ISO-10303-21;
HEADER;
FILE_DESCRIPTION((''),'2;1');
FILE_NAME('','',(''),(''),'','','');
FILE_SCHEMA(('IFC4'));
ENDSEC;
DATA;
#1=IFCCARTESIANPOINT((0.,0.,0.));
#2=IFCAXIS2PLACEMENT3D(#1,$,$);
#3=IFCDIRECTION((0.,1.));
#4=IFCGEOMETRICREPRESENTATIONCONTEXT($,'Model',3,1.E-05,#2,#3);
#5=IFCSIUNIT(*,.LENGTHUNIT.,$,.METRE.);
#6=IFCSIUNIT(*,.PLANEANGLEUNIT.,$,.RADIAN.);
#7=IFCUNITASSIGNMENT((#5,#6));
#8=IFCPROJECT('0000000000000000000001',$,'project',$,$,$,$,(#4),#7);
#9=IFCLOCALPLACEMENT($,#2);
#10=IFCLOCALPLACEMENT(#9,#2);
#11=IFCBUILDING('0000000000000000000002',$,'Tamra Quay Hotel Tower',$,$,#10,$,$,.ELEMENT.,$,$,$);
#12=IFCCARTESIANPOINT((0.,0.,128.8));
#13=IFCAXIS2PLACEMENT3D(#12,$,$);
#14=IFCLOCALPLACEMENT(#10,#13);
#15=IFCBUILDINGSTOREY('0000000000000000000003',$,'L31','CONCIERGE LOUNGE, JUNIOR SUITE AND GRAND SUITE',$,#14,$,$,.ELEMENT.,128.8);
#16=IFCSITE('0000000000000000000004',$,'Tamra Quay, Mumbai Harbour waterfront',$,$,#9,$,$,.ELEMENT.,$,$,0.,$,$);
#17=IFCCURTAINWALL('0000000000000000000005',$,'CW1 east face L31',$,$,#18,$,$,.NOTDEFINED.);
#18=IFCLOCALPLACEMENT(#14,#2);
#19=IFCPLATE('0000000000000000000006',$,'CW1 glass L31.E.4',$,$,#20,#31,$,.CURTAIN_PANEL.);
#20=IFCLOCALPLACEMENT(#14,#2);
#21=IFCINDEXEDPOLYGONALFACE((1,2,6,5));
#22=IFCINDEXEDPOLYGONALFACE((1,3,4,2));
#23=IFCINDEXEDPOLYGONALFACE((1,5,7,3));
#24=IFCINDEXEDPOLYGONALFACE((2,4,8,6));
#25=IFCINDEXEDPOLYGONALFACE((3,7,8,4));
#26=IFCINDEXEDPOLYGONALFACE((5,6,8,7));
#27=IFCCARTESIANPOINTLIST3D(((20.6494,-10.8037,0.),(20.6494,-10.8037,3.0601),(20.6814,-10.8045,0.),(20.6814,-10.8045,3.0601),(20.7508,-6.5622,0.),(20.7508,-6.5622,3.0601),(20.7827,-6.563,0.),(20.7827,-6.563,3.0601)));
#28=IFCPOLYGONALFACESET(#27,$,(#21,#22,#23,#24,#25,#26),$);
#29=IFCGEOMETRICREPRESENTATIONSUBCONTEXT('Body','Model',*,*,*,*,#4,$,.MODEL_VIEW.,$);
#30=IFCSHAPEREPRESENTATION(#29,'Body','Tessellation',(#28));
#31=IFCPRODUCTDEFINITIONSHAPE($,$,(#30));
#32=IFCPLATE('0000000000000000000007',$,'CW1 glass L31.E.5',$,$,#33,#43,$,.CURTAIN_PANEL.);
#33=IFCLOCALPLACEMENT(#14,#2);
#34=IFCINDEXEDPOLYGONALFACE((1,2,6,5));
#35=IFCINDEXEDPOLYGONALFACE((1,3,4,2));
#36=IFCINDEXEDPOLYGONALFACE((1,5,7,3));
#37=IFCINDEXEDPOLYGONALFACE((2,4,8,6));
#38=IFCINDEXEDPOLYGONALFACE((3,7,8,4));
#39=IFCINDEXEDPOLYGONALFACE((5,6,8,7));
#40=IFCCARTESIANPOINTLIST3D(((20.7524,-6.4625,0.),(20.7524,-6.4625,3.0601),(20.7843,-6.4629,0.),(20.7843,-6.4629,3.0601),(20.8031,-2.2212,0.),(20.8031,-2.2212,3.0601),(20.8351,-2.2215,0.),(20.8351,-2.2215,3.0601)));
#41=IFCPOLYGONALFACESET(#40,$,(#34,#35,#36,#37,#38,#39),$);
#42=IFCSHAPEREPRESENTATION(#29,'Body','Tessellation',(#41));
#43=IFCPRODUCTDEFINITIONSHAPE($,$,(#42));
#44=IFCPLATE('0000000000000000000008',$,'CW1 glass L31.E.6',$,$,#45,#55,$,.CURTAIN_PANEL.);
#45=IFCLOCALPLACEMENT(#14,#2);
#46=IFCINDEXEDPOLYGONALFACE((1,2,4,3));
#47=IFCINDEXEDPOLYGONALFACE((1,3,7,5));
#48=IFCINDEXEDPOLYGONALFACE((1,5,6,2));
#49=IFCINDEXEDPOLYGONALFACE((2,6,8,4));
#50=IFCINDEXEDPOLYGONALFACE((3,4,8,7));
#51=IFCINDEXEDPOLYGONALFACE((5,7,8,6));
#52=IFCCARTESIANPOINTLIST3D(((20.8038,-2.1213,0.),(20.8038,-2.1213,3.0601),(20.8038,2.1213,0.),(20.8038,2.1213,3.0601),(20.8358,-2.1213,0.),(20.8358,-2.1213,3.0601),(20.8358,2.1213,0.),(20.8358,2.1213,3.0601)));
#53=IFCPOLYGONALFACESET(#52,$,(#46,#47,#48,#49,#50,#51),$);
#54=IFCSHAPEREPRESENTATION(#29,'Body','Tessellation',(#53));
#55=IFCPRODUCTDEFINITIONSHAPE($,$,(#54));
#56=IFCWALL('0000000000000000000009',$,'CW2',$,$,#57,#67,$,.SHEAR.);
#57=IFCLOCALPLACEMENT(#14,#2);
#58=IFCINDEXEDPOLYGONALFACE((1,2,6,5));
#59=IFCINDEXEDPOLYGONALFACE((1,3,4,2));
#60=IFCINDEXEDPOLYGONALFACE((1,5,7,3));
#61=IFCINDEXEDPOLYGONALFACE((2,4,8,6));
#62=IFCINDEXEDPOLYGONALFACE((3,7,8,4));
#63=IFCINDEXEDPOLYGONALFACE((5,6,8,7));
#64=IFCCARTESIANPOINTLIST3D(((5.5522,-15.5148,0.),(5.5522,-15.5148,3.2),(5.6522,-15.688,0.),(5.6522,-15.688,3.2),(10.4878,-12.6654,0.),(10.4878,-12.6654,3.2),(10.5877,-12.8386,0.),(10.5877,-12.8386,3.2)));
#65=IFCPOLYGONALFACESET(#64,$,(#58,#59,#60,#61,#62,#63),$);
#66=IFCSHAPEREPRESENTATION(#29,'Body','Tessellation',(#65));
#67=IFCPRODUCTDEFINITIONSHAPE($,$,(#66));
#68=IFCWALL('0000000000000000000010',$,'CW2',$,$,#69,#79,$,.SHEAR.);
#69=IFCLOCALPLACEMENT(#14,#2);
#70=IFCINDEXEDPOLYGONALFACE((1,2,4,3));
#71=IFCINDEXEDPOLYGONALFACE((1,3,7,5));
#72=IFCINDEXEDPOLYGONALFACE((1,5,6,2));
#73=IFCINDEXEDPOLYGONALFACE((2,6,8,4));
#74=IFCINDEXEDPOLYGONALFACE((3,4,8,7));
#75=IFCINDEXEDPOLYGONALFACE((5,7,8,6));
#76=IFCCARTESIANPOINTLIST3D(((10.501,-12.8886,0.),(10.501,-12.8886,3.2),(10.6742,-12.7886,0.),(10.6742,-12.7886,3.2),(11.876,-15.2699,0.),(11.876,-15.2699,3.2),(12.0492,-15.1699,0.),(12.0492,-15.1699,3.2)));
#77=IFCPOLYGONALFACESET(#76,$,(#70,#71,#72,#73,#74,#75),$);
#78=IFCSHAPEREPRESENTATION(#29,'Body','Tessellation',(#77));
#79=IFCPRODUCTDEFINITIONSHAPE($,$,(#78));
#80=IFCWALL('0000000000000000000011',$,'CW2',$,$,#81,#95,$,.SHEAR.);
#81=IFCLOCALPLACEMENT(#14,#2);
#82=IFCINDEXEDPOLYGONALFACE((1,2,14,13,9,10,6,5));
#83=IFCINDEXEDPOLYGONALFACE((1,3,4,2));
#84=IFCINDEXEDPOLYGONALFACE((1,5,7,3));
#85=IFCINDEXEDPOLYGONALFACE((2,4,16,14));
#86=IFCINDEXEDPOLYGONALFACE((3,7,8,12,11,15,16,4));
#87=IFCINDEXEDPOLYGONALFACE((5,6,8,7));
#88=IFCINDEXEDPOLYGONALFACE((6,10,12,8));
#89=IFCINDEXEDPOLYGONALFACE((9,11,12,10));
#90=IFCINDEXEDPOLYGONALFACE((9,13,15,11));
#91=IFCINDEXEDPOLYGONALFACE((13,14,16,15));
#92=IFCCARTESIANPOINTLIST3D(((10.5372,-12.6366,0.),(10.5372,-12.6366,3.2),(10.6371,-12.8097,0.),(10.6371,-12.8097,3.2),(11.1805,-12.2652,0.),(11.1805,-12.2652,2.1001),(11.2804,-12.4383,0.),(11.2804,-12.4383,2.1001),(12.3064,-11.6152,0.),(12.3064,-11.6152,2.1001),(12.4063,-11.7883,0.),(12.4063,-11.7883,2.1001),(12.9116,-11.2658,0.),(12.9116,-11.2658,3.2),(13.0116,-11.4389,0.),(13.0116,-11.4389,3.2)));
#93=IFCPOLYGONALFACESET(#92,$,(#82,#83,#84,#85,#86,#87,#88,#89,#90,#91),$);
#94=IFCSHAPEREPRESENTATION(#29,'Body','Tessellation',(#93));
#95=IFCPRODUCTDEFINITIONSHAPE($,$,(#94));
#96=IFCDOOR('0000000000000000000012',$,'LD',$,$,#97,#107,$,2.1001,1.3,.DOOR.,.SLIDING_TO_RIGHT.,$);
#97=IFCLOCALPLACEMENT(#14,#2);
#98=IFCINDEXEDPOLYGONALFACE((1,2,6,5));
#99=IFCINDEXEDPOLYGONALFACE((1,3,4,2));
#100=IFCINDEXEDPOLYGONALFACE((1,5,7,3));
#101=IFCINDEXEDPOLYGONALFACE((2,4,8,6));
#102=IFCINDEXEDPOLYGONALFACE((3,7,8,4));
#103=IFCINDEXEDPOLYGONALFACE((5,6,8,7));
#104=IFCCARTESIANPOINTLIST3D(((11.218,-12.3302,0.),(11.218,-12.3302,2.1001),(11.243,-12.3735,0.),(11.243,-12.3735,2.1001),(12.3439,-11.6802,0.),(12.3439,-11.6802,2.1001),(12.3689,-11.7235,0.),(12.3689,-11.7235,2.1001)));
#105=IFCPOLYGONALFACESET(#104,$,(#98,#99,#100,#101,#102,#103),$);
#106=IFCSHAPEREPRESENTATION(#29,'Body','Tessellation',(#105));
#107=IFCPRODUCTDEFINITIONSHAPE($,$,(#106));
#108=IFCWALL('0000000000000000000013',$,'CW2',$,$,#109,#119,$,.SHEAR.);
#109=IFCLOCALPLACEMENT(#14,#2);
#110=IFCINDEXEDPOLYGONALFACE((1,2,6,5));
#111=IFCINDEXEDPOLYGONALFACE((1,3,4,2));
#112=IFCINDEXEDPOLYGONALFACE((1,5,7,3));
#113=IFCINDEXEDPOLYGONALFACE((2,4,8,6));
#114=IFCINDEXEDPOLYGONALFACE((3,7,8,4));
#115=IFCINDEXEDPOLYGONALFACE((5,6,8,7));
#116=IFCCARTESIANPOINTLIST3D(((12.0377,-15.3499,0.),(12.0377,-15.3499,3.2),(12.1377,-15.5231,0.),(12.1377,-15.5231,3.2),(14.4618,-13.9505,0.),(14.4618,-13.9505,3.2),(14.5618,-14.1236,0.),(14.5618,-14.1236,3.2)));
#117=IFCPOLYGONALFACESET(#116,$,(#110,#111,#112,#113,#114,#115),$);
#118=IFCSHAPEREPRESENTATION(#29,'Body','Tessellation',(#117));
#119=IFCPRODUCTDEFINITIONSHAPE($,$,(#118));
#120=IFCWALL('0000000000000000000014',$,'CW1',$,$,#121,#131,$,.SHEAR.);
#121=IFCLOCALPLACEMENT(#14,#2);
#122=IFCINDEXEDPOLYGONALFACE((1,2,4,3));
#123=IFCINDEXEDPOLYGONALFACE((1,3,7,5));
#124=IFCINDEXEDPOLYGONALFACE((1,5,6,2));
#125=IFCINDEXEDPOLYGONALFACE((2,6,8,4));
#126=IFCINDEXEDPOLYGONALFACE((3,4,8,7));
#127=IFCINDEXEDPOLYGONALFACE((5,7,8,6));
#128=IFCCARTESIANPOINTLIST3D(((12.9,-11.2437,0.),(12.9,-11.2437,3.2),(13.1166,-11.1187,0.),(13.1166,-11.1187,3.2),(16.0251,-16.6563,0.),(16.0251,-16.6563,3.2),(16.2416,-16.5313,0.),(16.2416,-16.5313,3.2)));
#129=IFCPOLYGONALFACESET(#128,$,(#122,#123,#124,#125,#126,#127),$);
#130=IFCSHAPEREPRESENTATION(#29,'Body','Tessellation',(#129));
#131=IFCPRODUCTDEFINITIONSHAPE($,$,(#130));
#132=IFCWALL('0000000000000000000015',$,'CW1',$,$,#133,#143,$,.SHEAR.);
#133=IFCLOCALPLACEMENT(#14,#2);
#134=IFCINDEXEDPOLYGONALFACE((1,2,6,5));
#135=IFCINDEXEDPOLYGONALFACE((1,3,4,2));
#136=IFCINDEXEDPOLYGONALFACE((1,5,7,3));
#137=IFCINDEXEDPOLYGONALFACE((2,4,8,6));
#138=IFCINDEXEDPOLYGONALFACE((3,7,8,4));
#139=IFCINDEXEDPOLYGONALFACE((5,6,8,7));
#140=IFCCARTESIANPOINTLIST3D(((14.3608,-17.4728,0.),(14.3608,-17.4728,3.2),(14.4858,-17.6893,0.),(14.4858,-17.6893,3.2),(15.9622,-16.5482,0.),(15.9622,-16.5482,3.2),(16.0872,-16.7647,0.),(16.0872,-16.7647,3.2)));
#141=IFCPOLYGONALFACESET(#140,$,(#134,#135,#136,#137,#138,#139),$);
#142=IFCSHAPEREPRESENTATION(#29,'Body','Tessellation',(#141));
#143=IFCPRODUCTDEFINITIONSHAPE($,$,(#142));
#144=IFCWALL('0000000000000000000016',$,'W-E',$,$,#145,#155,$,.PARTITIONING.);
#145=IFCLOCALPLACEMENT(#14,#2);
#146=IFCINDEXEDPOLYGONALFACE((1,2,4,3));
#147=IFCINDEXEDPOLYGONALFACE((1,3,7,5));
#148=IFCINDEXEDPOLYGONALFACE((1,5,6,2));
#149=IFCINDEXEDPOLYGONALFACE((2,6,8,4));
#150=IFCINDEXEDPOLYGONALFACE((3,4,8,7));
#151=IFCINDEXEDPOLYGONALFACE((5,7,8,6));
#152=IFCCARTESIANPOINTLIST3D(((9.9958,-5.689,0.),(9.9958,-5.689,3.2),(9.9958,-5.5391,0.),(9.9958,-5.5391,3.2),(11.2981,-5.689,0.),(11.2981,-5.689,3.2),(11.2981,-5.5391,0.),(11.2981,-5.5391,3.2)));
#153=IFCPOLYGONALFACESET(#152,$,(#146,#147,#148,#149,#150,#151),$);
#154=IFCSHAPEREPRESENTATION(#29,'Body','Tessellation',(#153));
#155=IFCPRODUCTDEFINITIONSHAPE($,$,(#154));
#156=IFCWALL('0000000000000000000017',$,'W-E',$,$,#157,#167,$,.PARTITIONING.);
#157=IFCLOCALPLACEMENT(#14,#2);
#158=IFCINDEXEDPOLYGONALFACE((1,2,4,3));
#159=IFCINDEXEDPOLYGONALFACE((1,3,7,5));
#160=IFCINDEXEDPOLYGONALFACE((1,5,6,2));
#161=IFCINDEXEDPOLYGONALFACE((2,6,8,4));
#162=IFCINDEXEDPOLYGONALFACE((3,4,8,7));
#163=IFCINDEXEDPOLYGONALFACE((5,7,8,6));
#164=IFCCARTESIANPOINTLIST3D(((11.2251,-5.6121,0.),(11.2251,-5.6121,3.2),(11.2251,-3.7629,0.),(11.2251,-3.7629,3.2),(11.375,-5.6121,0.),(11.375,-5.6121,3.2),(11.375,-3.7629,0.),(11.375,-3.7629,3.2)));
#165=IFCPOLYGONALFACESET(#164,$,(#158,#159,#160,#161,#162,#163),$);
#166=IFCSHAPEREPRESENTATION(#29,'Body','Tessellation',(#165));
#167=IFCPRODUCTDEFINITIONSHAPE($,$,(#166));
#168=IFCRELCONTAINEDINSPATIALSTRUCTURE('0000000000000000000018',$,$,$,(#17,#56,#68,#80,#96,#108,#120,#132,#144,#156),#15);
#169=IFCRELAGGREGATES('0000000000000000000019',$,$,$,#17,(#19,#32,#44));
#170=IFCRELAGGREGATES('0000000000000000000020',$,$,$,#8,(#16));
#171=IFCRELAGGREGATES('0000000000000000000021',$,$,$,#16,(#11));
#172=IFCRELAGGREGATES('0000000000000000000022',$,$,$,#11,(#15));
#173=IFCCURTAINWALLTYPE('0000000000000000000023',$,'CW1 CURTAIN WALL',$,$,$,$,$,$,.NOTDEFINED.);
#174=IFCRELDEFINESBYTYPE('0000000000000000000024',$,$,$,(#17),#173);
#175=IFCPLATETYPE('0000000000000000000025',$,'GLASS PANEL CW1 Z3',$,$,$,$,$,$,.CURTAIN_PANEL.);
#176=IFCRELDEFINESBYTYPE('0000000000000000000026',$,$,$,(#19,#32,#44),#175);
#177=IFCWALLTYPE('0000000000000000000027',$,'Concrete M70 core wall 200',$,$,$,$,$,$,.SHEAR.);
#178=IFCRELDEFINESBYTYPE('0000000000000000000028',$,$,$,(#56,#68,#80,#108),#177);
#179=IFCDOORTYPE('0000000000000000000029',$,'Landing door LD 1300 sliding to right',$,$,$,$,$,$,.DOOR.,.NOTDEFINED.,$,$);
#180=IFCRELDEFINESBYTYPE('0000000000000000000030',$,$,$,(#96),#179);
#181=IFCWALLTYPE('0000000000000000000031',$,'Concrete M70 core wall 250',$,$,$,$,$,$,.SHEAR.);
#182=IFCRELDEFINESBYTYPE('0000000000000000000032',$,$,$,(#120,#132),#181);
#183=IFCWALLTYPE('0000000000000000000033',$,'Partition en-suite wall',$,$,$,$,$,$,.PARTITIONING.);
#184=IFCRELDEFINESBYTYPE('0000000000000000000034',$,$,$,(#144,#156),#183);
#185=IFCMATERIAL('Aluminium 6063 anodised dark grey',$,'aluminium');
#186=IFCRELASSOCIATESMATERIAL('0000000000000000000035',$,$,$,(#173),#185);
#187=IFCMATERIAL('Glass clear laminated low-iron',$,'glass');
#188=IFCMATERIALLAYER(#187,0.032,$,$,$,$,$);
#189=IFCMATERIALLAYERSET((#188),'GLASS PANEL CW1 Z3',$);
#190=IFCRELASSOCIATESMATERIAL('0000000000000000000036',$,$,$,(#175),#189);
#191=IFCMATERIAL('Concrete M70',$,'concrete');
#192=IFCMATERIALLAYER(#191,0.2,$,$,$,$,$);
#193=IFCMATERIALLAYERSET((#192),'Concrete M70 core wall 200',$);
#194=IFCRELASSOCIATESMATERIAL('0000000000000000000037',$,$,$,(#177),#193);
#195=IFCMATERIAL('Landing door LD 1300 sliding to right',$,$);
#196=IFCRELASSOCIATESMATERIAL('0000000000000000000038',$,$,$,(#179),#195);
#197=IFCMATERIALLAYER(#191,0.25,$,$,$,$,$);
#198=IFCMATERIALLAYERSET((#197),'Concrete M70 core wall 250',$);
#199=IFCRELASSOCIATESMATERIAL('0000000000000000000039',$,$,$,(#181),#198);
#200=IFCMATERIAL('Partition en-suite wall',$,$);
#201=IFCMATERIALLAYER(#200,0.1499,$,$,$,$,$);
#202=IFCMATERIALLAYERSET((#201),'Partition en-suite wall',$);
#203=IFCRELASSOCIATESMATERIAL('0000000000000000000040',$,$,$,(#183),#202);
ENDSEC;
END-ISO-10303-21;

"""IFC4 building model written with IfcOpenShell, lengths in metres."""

from ifc_helpers import new_model, si_unit, direction, frame, frame_2d, origin, origin_2d, place, context, subcontext, project, spatial, rectangle, extrude, material, layer, layer_set, type_object, element, fill, aggregate, save


model = new_model("IFC4")

# Units and contexts
model_context = context("Model", 3, precision=1e-05, world=origin(), true_north=direction((0.0, 1.0)))
body_context = subcontext(model_context, "Body", "Model", "MODEL_VIEW")
ifc_project = project(units=[si_unit("LENGTHUNIT", "METRE"), si_unit("PLANEANGLEUNIT", "RADIAN")], contexts=[model_context])

# Site, building, storey
site_placement = place(None, origin())
site = spatial("IfcSite", under=ifc_project, at=site_placement, Name="Tamra Quay, Mumbai Harbour waterfront", CompositionType="ELEMENT", RefElevation=0.0)
building_placement = place(site_placement, origin())
building = spatial("IfcBuilding", under=site, at=building_placement, Name="Tamra Quay Hotel Tower", CompositionType="ELEMENT")
storey_placement = place(building_placement, frame((0.0, 0.0, 128.8)))
storey = spatial("IfcBuildingStorey", under=building, at=storey_placement, Name="L31", Description="CONCIERGE LOUNGE, JUNIOR SUITE AND GRAND SUITE", CompositionType="ELEMENT", Elevation=128.8)

# Shared definitions
ifc_material_1 = material(Name="Concrete M70", Category="concrete")

# Curtain wall
ifc_material_2 = material(Name="Aluminium 6063 anodised dark grey", Category="aluminium")
curtain_wall_type = type_object("IfcCurtainWallType", Name="CW1 CURTAIN WALL", PredefinedType="NOTDEFINED", material=ifc_material_2)
curtain_wall_placement = place(storey_placement, origin())
curtain_wall = element("IfcCurtainWall", 1, at=curtain_wall_placement, inside=storey, type_object=curtain_wall_type, Name="CW1 east face L31", PredefinedType="NOTDEFINED")

# Plates
ifc_material_3 = material(Name="Glass clear laminated low-iron", Category="glass")
ifc_layer_1 = layer(ifc_material_3, 0.032)
ifc_layer_set_1 = layer_set([ifc_layer_1], Name="GLASS PANEL CW1 Z3")
plate_type = type_object("IfcPlateType", Name="GLASS PANEL CW1 Z3", PredefinedType="CURTAIN_PANEL", material=ifc_layer_set_1)
plate_1_placement = place(storey_placement, frame((20.7161, -8.6833, 0.0), z_axis=(0.0, 0.0, 1.0), x_axis=(0.023896, 0.999714, 0.0)))
plate_1 = element("IfcPlate", 2, at=plate_1_placement, type_object=plate_type, Name="CW1 glass L31.E.4", PredefinedType="CURTAIN_PANEL", context=body_context, shape_type="SweptSolid", body=[
    extrude(rectangle(XDim=4.2427, YDim=0.032, at=origin_2d()), origin(), (0.0, 0.0, 1.0), 3.0601),
])
plate_2_placement = place(storey_placement, frame((20.7937, -4.342, 0.0), z_axis=(0.0, 0.0, 1.0), x_axis=(0.011957, 0.999929, 0.0)))
plate_2 = element("IfcPlate", 3, at=plate_2_placement, type_object=plate_type, Name="CW1 glass L31.E.5", PredefinedType="CURTAIN_PANEL", context=body_context, shape_type="SweptSolid", body=[
    extrude(rectangle(XDim=4.2417, YDim=0.032, at=origin_2d()), origin(), (0.0, 0.0, 1.0), 3.0601),
])
plate_3_placement = place(storey_placement, frame((20.8198, 0.0, 0.0), z_axis=(0.0, 0.0, 1.0), x_axis=(0.0, 1.0, 0.0)))
plate_3 = element("IfcPlate", 4, at=plate_3_placement, type_object=plate_type, Name="CW1 glass L31.E.6", PredefinedType="CURTAIN_PANEL", context=body_context, shape_type="SweptSolid", body=[
    extrude(rectangle(XDim=4.2427, YDim=0.032, at=origin_2d()), origin(), (0.0, 0.0, 1.0), 3.0601),
])
aggregate(curtain_wall, [plate_1, plate_2, plate_3])

# Walls
ifc_layer_2 = layer(ifc_material_1, 0.2)
ifc_layer_set_2 = layer_set([ifc_layer_2], Name="Concrete M70 core wall 200")
wall_type_1 = type_object("IfcWallType", Name="Concrete M70 core wall 200", PredefinedType="SHEAR", material=ifc_layer_set_2)
wall_1_placement = place(storey_placement, frame((10.5378, -12.752, 0.0), z_axis=(0.0, 0.0, 1.0), x_axis=(-0.866039, -0.499977, 0.0)))
element("IfcWall", 5, at=wall_1_placement, inside=storey, type_object=wall_type_1, Name="CW2", PredefinedType="SHEAR", context=body_context, shape_type="SweptSolid", body=[
    extrude(rectangle(XDim=5.699, YDim=0.2, at=frame_2d((2.8496, 0.0))), origin(), (0.0, 0.0, 1.0), 3.2),
])
wall_2_placement = place(storey_placement, frame((11.9626, -15.22, 0.0), z_axis=(0.0, 0.0, 1.0), x_axis=(-0.500035, 0.866005, 0.0)))
element("IfcWall", 6, at=wall_2_placement, inside=storey, type_object=wall_type_1, Name="CW2", PredefinedType="SHEAR", context=body_context, shape_type="SweptSolid", body=[
    extrude(rectangle(XDim=2.7498, YDim=0.2, at=frame_2d((1.375, 0.0))), origin(), (0.0, 0.0, 1.0), 3.2),
])

# Wall, opening, door
wall_3_placement = place(storey_placement, frame((10.5872, -12.7231, 0.0), z_axis=(0.0, 0.0, 1.0), x_axis=(0.866037, 0.499979, 0.0)))
wall_3 = element("IfcWall", 7, at=wall_3_placement, inside=storey, type_object=wall_type_1, Name="CW2", PredefinedType="SHEAR", context=body_context, shape_type="SweptSolid", body=[
    extrude(rectangle(XDim=2.7417, YDim=0.2, at=frame_2d((1.3708, 0.0))), origin(), (0.0, 0.0, 1.0), 3.2),
])
opening_placement = place(wall_3_placement, frame((0.7429, 0.0, 0.0)))
opening = element("IfcOpeningElement", 8, at=opening_placement, cuts=wall_3, PredefinedType="OPENING", context=body_context, shape_type="SweptSolid", body=[
    extrude(rectangle(XDim=1.3, YDim=2.1001, at=frame_2d((0.6499, 1.05))), frame((0.0, 0.1099, 0.0), z_axis=(0.0, -1.0, 0.0), x_axis=(1.0, 0.0, 0.0)), (0.0, 0.0, 1.0), 0.22),
])
ifc_material_4 = material(Name="Landing door LD 1300 sliding to right")
door_type = type_object("IfcDoorType", Name="Landing door LD 1300 sliding to right", OperationType="NOTDEFINED", PredefinedType="DOOR", material=ifc_material_4)
door_placement = place(opening_placement, origin())
door = element("IfcDoor", 9, at=door_placement, inside=storey, type_object=door_type, Name="LD", OperationType="SLIDING_TO_RIGHT", OverallHeight=2.1001, OverallWidth=1.3, PredefinedType="DOOR", context=body_context, shape_type="SweptSolid", body=[
    extrude(rectangle(XDim=1.3, YDim=2.1001, at=frame_2d((0.6499, 1.05))), frame((0.0, 0.0249, 0.0), z_axis=(0.0, -1.0, 0.0), x_axis=(1.0, 0.0, 0.0)), (0.0, 0.0, 1.0), 0.05),
])
fill(opening, door)

# Walls
wall_4_placement = place(storey_placement, frame((14.5117, -14.0371, 0.0), z_axis=(0.0, 0.0, 1.0), x_axis=(-0.866045, -0.499967, 0.0)))
element("IfcWall", 10, at=wall_4_placement, inside=storey, type_object=wall_type_1, Name="CW2", PredefinedType="SHEAR", context=body_context, shape_type="SweptSolid", body=[
    extrude(rectangle(XDim=2.7991, YDim=0.2, at=frame_2d((1.3994, 0.0))), origin(), (0.0, 0.0, 1.0), 3.2),
])
ifc_layer_3 = layer(ifc_material_1, 0.25)
ifc_layer_set_3 = layer_set([ifc_layer_3], Name="Concrete M70 core wall 250")
wall_type_2 = type_object("IfcWallType", Name="Concrete M70 core wall 250", PredefinedType="SHEAR", material=ifc_layer_set_3)
wall_5_placement = place(storey_placement, frame((13.0083, -11.1812, 0.0), z_axis=(0.0, 0.0, 1.0), x_axis=(0.500004, -0.866023, 0.0)))
element("IfcWall", 11, at=wall_5_placement, inside=storey, type_object=wall_type_2, Name="CW1", PredefinedType="SHEAR", context=body_context, shape_type="SweptSolid", body=[
    extrude(rectangle(XDim=6.25, YDim=0.25, at=frame_2d((3.125, 0.0))), origin(), (0.0, 0.0, 1.0), 3.2),
])
wall_6_placement = place(storey_placement, frame((16.0247, -16.6565, 0.0), z_axis=(0.0, 0.0, 1.0), x_axis=(-0.866016, -0.500016, 0.0)))
element("IfcWall", 12, at=wall_6_placement, inside=storey, type_object=wall_type_2, Name="CW1", PredefinedType="SHEAR", context=body_context, shape_type="SweptSolid", body=[
    extrude(rectangle(XDim=1.8491, YDim=0.25, at=frame_2d((0.9246, 0.0))), origin(), (0.0, 0.0, 1.0), 3.2),
])
ifc_material_5 = material(Name="Partition en-suite wall")
ifc_layer_4 = layer(ifc_material_5, 0.1499)
ifc_layer_set_4 = layer_set([ifc_layer_4], Name="Partition en-suite wall")
wall_type_3 = type_object("IfcWallType", Name="Partition en-suite wall", PredefinedType="PARTITIONING", material=ifc_layer_set_4)
wall_7_placement = place(storey_placement, frame((11.2981, -5.614, 0.0), z_axis=(0.0, 0.0, 1.0), x_axis=(-1.0, 0.0, 0.0)))
element("IfcWall", 13, at=wall_7_placement, inside=storey, type_object=wall_type_3, Name="W-E", PredefinedType="PARTITIONING", context=body_context, shape_type="SweptSolid", body=[
    extrude(rectangle(XDim=1.3022, YDim=0.1499, at=frame_2d((0.6511, 0.0))), origin(), (0.0, 0.0, 1.0), 3.2),
])
wall_8_placement = place(storey_placement, frame((11.3, -5.6121, 0.0), z_axis=(0.0, 0.0, 1.0), x_axis=(0.0, 1.0, 0.0)))
element("IfcWall", 14, at=wall_8_placement, inside=storey, type_object=wall_type_3, Name="W-E", PredefinedType="PARTITIONING", context=body_context, shape_type="SweptSolid", body=[
    extrude(rectangle(XDim=1.8491, YDim=0.1499, at=frame_2d((0.9246, 0.0))), origin(), (0.0, 0.0, 1.0), 3.2),
])

save(model, "model.ifc")
